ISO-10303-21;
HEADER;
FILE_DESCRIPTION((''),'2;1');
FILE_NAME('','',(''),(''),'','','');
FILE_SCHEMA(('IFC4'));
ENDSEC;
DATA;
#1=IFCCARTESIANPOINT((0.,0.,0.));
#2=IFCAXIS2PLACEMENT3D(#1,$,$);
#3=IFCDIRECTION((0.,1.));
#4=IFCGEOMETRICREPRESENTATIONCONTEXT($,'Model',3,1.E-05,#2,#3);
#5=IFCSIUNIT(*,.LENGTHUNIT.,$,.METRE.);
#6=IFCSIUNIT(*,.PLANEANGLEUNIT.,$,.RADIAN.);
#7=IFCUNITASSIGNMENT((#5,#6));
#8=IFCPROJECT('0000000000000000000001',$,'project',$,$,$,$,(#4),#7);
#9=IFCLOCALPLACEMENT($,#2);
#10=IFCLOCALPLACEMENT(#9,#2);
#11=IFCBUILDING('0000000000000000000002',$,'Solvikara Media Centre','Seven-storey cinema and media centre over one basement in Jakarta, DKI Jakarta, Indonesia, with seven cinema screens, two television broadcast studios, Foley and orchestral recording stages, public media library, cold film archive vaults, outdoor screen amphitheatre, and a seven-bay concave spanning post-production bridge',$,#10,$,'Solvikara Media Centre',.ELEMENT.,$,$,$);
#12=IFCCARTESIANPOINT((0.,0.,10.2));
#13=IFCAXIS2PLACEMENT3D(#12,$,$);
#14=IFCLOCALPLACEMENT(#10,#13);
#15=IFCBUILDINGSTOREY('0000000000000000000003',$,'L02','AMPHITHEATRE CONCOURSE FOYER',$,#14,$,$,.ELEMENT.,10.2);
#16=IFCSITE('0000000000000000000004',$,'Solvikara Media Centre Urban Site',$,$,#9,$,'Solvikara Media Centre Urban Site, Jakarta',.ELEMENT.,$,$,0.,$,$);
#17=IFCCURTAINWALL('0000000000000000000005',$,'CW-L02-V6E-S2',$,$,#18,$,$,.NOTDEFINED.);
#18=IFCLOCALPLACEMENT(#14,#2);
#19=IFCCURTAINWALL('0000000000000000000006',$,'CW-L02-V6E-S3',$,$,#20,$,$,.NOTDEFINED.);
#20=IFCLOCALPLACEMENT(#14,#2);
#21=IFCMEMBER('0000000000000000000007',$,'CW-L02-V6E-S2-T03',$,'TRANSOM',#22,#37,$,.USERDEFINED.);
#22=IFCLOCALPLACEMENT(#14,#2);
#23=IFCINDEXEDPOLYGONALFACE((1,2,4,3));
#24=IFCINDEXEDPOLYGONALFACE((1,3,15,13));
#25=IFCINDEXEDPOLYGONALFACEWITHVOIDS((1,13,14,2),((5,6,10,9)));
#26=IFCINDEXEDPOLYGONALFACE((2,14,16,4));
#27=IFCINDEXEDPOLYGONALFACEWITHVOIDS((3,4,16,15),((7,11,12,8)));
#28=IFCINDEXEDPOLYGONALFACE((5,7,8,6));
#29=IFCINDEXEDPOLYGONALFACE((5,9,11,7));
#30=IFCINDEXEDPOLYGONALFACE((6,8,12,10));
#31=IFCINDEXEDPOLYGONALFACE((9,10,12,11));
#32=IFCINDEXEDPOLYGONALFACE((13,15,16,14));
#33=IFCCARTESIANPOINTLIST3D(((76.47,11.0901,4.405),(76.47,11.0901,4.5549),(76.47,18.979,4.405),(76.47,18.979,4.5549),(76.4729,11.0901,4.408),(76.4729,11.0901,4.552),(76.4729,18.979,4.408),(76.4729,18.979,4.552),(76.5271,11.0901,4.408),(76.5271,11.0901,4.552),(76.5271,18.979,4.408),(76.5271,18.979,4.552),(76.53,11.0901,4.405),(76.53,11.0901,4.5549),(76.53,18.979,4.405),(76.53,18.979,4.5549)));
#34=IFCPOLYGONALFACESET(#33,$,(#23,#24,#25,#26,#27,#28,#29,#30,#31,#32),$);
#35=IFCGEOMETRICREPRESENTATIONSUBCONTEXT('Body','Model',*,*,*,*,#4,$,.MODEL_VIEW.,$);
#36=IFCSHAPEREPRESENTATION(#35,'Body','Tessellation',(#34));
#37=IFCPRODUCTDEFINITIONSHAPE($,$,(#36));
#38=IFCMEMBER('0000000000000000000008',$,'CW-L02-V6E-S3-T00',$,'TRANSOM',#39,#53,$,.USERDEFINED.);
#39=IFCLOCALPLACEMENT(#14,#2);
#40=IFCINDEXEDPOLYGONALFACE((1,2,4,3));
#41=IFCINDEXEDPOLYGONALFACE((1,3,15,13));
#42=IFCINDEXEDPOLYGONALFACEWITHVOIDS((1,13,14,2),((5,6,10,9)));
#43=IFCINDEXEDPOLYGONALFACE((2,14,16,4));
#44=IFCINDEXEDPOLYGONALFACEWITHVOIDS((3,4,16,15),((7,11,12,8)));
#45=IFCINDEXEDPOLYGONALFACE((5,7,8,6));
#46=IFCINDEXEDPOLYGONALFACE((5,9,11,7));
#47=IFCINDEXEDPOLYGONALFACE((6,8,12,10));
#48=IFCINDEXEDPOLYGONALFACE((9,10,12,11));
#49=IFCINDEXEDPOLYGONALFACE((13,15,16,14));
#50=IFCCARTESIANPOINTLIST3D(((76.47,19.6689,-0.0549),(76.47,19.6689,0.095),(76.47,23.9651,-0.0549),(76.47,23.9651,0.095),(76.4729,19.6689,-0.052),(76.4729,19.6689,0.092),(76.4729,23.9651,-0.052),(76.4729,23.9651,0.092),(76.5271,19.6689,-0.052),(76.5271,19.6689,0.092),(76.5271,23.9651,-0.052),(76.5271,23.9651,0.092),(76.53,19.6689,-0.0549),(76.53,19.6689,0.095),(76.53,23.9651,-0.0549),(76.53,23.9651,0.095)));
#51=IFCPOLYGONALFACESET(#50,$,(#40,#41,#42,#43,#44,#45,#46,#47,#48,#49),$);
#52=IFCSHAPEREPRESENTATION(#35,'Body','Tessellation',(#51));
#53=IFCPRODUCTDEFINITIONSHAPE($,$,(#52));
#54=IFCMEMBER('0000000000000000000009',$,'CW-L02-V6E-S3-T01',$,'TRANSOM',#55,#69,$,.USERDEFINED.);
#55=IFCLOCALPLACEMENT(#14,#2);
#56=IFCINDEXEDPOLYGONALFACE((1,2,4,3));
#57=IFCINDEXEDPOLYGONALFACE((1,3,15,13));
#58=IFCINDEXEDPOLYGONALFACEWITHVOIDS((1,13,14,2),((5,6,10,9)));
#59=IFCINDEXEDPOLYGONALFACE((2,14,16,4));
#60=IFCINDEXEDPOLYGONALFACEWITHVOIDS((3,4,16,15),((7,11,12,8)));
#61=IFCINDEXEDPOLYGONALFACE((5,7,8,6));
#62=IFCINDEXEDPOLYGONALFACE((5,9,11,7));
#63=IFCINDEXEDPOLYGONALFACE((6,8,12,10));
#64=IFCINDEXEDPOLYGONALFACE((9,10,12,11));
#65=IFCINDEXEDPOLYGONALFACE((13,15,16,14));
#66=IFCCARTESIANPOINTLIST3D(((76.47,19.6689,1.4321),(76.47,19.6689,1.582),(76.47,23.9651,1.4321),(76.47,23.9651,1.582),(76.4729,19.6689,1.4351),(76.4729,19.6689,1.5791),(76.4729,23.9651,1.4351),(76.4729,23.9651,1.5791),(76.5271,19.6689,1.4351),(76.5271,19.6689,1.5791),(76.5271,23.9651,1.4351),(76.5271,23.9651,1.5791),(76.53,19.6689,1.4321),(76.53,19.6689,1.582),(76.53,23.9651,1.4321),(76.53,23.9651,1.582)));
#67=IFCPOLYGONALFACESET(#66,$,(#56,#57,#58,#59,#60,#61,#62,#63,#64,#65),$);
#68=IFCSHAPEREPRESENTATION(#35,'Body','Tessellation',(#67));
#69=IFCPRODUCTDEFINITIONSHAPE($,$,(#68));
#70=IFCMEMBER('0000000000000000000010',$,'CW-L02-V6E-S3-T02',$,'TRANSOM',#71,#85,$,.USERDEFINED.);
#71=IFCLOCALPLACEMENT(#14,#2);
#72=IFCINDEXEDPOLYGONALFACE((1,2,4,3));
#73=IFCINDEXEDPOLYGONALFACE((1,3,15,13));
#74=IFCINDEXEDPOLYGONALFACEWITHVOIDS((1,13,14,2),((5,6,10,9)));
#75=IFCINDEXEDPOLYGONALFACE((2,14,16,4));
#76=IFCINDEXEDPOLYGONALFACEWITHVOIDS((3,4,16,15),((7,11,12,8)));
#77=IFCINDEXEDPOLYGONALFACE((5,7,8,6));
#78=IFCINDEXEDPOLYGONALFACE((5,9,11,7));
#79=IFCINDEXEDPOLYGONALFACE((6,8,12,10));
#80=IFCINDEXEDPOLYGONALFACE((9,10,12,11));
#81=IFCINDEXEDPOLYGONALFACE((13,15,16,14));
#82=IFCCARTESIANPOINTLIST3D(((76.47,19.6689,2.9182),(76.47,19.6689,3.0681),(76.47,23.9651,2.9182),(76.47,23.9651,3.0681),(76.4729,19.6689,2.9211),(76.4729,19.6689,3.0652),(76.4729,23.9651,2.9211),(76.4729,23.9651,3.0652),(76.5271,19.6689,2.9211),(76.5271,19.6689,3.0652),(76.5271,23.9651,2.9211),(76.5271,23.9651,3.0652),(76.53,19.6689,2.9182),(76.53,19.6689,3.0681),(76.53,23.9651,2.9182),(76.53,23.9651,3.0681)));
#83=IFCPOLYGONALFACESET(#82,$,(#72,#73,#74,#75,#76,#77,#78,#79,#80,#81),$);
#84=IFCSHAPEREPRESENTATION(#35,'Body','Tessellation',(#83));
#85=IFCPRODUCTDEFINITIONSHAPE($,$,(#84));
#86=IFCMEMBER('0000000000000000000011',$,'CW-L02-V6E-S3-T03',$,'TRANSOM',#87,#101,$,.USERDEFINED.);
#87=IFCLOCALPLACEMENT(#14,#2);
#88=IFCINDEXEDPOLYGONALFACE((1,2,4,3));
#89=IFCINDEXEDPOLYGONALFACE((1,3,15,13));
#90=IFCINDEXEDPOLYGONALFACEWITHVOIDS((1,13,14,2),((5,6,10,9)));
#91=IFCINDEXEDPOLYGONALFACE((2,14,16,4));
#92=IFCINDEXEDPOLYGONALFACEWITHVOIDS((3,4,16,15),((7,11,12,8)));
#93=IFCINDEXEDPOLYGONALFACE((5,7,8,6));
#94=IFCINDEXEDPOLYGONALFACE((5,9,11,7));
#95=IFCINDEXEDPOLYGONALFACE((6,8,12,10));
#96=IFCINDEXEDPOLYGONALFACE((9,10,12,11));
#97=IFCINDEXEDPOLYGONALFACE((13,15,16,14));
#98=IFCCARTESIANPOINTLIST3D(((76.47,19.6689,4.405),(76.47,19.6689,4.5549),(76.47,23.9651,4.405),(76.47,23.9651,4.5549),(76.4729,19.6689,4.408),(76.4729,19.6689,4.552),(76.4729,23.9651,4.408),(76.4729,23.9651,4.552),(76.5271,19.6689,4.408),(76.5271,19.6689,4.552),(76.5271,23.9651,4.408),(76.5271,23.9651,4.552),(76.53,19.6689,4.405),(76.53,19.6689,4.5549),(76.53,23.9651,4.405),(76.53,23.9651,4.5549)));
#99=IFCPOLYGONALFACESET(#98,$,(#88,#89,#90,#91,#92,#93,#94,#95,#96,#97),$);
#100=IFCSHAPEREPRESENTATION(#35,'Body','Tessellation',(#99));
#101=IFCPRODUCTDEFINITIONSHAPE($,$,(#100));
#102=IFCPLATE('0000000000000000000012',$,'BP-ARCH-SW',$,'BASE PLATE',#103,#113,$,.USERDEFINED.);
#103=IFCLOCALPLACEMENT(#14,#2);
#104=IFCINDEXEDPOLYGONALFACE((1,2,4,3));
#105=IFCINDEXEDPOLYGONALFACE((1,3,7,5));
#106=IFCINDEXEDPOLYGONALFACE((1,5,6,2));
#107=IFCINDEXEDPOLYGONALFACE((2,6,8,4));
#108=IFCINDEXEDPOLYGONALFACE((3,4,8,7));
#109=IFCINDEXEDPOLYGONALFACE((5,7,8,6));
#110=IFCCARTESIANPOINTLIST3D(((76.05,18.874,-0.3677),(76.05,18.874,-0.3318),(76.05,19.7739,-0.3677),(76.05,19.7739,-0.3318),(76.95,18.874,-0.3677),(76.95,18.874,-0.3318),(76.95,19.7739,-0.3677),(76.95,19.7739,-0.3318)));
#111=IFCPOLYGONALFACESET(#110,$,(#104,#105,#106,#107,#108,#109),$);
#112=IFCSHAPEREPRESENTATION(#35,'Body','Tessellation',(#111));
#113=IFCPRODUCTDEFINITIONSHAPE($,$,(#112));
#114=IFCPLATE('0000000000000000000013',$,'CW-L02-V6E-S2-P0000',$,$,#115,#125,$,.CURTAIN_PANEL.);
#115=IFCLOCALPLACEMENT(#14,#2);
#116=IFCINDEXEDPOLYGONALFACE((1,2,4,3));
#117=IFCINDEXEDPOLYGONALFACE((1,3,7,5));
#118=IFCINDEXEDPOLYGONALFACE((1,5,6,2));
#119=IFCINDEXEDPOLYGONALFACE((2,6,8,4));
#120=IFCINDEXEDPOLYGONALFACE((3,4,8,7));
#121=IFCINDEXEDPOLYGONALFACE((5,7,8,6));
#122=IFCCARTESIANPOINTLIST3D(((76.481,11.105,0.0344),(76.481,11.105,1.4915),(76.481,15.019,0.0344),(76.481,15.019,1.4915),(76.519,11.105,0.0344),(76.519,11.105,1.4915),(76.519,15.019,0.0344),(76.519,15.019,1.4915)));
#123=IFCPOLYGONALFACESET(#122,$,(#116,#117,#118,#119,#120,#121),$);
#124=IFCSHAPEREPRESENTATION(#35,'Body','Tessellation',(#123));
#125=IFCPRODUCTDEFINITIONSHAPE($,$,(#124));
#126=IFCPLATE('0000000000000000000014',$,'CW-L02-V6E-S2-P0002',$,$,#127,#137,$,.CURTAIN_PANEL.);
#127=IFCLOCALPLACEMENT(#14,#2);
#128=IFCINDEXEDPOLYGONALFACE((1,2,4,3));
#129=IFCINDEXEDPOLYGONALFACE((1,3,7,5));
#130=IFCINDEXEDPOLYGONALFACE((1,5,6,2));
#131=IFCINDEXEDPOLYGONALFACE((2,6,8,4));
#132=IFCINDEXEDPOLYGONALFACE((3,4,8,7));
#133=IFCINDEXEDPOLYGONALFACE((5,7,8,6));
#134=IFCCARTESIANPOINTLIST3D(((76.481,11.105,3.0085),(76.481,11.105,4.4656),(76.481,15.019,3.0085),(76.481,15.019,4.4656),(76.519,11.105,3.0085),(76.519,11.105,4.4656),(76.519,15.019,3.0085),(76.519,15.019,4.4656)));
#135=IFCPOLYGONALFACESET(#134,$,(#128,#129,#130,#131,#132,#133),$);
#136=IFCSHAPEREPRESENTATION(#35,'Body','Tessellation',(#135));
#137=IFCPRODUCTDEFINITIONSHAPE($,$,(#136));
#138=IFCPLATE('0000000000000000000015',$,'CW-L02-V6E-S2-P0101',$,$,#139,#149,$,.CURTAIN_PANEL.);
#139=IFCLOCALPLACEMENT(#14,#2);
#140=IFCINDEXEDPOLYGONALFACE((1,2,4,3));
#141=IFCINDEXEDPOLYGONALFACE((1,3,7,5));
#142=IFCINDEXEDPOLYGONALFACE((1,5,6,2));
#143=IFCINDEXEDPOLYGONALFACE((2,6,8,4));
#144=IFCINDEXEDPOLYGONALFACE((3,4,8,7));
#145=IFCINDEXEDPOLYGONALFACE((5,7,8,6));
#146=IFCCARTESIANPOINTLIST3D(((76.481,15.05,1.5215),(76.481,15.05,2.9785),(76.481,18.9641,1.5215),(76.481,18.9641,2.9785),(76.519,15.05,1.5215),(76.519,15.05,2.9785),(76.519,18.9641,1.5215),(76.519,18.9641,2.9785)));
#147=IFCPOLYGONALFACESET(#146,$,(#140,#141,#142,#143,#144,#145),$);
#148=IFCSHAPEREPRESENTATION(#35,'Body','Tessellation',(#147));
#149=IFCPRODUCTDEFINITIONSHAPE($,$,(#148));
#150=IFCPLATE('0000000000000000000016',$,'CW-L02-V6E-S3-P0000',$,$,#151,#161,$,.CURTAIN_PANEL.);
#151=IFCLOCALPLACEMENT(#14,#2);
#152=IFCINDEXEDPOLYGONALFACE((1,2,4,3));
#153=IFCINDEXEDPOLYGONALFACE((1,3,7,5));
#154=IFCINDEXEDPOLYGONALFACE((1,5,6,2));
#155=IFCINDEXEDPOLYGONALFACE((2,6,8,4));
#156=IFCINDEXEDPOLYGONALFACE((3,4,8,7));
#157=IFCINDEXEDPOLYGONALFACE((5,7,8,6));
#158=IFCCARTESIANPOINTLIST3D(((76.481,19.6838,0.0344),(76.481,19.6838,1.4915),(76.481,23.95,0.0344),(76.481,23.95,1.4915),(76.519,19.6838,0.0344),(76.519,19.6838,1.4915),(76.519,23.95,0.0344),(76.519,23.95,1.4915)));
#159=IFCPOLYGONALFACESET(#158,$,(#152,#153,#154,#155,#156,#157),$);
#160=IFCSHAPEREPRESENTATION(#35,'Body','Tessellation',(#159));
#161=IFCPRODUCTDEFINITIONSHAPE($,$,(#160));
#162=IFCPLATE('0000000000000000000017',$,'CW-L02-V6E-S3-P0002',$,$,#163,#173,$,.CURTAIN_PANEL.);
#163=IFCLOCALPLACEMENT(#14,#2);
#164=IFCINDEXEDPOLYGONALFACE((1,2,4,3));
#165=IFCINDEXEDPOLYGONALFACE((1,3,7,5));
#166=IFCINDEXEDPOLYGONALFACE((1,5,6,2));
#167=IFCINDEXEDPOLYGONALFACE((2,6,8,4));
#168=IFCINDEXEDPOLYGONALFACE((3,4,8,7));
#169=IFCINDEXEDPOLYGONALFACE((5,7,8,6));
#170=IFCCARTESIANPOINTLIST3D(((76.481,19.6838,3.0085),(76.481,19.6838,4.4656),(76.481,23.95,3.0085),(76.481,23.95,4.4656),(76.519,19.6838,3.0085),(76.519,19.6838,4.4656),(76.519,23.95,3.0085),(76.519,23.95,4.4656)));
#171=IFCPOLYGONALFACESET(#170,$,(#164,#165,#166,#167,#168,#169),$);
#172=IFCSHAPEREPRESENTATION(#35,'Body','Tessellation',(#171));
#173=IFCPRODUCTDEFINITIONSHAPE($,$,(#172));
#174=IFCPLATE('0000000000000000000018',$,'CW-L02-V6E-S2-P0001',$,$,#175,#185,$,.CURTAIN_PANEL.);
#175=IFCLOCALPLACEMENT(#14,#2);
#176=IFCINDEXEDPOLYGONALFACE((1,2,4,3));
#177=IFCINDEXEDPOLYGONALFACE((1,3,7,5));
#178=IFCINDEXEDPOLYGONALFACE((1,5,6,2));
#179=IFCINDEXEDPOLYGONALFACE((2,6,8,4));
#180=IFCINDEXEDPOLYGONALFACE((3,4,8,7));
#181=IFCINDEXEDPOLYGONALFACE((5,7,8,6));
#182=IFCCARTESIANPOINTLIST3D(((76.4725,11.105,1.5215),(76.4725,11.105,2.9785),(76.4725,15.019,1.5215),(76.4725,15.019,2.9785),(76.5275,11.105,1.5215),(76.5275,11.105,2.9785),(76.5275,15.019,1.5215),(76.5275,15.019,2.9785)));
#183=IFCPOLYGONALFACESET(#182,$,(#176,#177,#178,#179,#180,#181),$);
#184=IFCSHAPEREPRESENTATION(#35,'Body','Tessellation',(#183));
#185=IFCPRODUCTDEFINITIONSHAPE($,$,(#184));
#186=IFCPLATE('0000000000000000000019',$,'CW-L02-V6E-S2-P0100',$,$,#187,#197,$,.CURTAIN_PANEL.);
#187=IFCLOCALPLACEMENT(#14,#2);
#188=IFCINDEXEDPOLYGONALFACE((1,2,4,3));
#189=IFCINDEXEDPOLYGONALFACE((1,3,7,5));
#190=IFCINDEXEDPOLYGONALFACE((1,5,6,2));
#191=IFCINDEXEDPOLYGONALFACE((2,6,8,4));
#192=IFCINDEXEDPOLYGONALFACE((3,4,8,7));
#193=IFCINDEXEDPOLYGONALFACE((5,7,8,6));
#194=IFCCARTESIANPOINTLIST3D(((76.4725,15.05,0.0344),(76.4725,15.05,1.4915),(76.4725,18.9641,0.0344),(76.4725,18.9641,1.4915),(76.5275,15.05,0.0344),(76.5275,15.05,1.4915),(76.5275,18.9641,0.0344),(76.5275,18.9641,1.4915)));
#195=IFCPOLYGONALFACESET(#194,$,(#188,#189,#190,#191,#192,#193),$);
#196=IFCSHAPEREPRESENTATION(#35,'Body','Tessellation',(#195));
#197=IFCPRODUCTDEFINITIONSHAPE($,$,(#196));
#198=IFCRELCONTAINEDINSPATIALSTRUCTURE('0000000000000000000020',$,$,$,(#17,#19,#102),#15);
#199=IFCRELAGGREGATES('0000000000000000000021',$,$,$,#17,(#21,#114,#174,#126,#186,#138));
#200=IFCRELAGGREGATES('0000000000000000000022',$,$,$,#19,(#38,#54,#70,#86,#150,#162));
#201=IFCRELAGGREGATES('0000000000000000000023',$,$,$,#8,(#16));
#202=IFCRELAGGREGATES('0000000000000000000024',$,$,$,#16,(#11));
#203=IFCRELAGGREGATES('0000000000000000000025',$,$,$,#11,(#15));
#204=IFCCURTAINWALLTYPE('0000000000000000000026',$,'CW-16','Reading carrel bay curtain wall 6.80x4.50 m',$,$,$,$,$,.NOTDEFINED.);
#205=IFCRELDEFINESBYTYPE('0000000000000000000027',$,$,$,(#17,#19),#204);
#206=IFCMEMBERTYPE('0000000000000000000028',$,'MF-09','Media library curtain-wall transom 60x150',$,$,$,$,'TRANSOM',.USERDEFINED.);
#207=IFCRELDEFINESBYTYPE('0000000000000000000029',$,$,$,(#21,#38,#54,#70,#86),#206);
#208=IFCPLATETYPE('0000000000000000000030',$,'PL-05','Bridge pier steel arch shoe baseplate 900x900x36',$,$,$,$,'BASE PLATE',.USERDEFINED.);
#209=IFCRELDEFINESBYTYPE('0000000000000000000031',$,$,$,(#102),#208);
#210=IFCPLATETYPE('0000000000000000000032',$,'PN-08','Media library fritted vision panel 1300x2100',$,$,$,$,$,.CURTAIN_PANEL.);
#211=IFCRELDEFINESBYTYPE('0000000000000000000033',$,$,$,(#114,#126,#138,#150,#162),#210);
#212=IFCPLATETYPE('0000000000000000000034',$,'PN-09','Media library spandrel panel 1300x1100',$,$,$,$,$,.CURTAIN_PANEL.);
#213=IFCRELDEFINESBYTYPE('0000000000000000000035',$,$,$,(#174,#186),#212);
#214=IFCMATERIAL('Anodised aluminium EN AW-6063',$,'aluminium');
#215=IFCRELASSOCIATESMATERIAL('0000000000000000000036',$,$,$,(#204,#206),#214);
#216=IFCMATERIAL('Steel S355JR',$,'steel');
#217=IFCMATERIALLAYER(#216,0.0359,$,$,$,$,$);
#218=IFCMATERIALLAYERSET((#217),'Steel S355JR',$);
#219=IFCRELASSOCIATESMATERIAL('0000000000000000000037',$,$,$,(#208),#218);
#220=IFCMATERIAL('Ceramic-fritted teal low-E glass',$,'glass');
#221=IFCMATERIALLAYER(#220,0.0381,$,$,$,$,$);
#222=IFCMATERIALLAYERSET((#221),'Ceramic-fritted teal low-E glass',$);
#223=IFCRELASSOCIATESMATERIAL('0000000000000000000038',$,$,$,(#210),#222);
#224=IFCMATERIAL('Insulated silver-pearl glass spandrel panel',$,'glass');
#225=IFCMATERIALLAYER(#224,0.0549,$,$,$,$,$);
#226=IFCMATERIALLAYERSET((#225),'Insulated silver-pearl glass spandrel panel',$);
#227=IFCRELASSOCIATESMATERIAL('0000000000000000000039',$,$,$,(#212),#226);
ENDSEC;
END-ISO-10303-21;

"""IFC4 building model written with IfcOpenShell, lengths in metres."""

from ifc_helpers import new_model, si_unit, direction, frame, origin, origin_2d, place, context, subcontext, project, spatial, rectangle, hollow_rectangle, extrude, material, layer, layer_set, material_profile, profile_set, type_object, element, aggregate, save


model = new_model("IFC4")

# Units and contexts
model_context = context("Model", 3, precision=1e-05, world=origin(), true_north=direction((0.0, 1.0)))
body_context = subcontext(model_context, "Body", "Model", "MODEL_VIEW")
ifc_project = project(units=[si_unit("LENGTHUNIT", "METRE"), si_unit("PLANEANGLEUNIT", "RADIAN")], contexts=[model_context])

# Site, building, storey
site_placement = place(None, origin())
site = spatial("IfcSite", under=ifc_project, at=site_placement, Name="Solvikara Media Centre Urban Site", LongName="Solvikara Media Centre Urban Site, Jakarta", CompositionType="ELEMENT", RefElevation=0.0)
building_placement = place(site_placement, origin())
building = spatial("IfcBuilding", under=site, at=building_placement, Name="Solvikara Media Centre", Description="Seven-storey cinema and media centre over one basement in Jakarta, DKI Jakarta, Indonesia, with seven cinema screens, two television broadcast studios, Foley and orchestral recording stages, public media library, cold film archive vaults, outdoor screen amphitheatre, and a seven-bay concave spanning post-production bridge", LongName="Solvikara Media Centre", CompositionType="ELEMENT")
storey_placement = place(building_placement, frame((0.0, 0.0, 10.2)))
storey = spatial("IfcBuildingStorey", under=building, at=storey_placement, Name="L02", Description="AMPHITHEATRE CONCOURSE FOYER", CompositionType="ELEMENT", Elevation=10.2)

# Shared definitions
ifc_material_1 = material(Name="Steel S355JR", Category="steel")

# Curtain walls
ifc_material_2 = material(Name="Anodised aluminium EN AW-6063", Category="aluminium")
curtain_wall_type = type_object("IfcCurtainWallType", Name="CW-16", Description="Reading carrel bay curtain wall 6.80x4.50 m", PredefinedType="NOTDEFINED", material=ifc_material_2)
curtain_wall_1_placement = place(storey_placement, origin())
curtain_wall_1 = element("IfcCurtainWall", 1, at=curtain_wall_1_placement, inside=storey, type_object=curtain_wall_type, Name="CW-L02-V6E-S2", PredefinedType="NOTDEFINED")
curtain_wall_2_placement = place(storey_placement, origin())
curtain_wall_2 = element("IfcCurtainWall", 2, at=curtain_wall_2_placement, inside=storey, type_object=curtain_wall_type, Name="CW-L02-V6E-S3", PredefinedType="NOTDEFINED")

# Members
ifc_material_profile_1 = material_profile(ifc_material_2, hollow_rectangle(XDim=0.0601, YDim=0.1499, WallThickness=0.0029, at=origin_2d()), Name="ALU-T 60x150x3")
ifc_profile_set_1 = profile_set([ifc_material_profile_1], Name="Anodised aluminium EN AW-6063")
member_type_1 = type_object("IfcMemberType", Name="MF-09", Description="Media library curtain-wall transom 60x150", ElementType="TRANSOM", PredefinedType="USERDEFINED", material=ifc_profile_set_1)
member_1_placement = place(storey_placement, frame((76.5, 11.0901, 4.48), z_axis=(0.0, 1.0, 0.0), x_axis=(-1.0, 0.0, 0.0)))
member_1 = element("IfcMember", 3, at=member_1_placement, type_object=member_type_1, Name="CW-L02-V6E-S2-T03", ObjectType="TRANSOM", PredefinedType="USERDEFINED", context=body_context, shape_type="SweptSolid", body=[
    extrude(hollow_rectangle(XDim=0.0601, YDim=0.1499, WallThickness=0.0029, at=origin_2d()), origin(), (0.0, 0.0, 1.0), 7.8889),
])
member_2_placement = place(storey_placement, frame((76.5, 19.6689, 0.02), z_axis=(0.0, 1.0, 0.0), x_axis=(-1.0, 0.0, 0.0)))
member_2 = element("IfcMember", 4, at=member_2_placement, type_object=member_type_1, Name="CW-L02-V6E-S3-T00", ObjectType="TRANSOM", PredefinedType="USERDEFINED", context=body_context, shape_type="SweptSolid", body=[
    extrude(hollow_rectangle(XDim=0.0601, YDim=0.1499, WallThickness=0.0029, at=origin_2d()), origin(), (0.0, 0.0, 1.0), 4.2961),
])
member_3_placement = place(storey_placement, frame((76.5, 19.6689, 1.5071), z_axis=(0.0, 1.0, 0.0), x_axis=(-1.0, 0.0, 0.0)))
member_3 = element("IfcMember", 5, at=member_3_placement, type_object=member_type_1, Name="CW-L02-V6E-S3-T01", ObjectType="TRANSOM", PredefinedType="USERDEFINED", context=body_context, shape_type="SweptSolid", body=[
    extrude(hollow_rectangle(XDim=0.0601, YDim=0.1499, WallThickness=0.0029, at=origin_2d()), origin(), (0.0, 0.0, 1.0), 4.2961),
])
member_4_placement = place(storey_placement, frame((76.5, 19.6689, 2.9932), z_axis=(0.0, 1.0, 0.0), x_axis=(-1.0, 0.0, 0.0)))
member_4 = element("IfcMember", 6, at=member_4_placement, type_object=member_type_1, Name="CW-L02-V6E-S3-T02", ObjectType="TRANSOM", PredefinedType="USERDEFINED", context=body_context, shape_type="SweptSolid", body=[
    extrude(hollow_rectangle(XDim=0.0601, YDim=0.1499, WallThickness=0.0029, at=origin_2d()), origin(), (0.0, 0.0, 1.0), 4.2961),
])
member_5_placement = place(storey_placement, frame((76.5, 19.6689, 4.48), z_axis=(0.0, 1.0, 0.0), x_axis=(-1.0, 0.0, 0.0)))
member_5 = element("IfcMember", 7, at=member_5_placement, type_object=member_type_1, Name="CW-L02-V6E-S3-T03", ObjectType="TRANSOM", PredefinedType="USERDEFINED", context=body_context, shape_type="SweptSolid", body=[
    extrude(hollow_rectangle(XDim=0.0601, YDim=0.1499, WallThickness=0.0029, at=origin_2d()), origin(), (0.0, 0.0, 1.0), 4.2961),
])

# Plates
ifc_layer_1 = layer(ifc_material_1, 0.0359)
ifc_layer_set_1 = layer_set([ifc_layer_1], Name="Steel S355JR")
plate_type_1 = type_object("IfcPlateType", Name="PL-05", Description="Bridge pier steel arch shoe baseplate 900x900x36", ElementType="BASE PLATE", PredefinedType="USERDEFINED", material=ifc_layer_set_1)
plate_1_placement = place(storey_placement, frame((76.5, 19.324, -0.3677), z_axis=(0.0, 0.0, 1.0), x_axis=(1.0, 0.0, 0.0)))
element("IfcPlate", 8, at=plate_1_placement, inside=storey, type_object=plate_type_1, Name="BP-ARCH-SW", ObjectType="BASE PLATE", PredefinedType="USERDEFINED", context=body_context, shape_type="SweptSolid", body=[
    extrude(rectangle(XDim=0.8999, YDim=0.8999, at=origin_2d()), origin(), (0.0, 0.0, 1.0), 0.0359),
])
ifc_material_3 = material(Name="Ceramic-fritted teal low-E glass", Category="glass")
ifc_layer_2 = layer(ifc_material_3, 0.0381)
ifc_layer_set_2 = layer_set([ifc_layer_2], Name="Ceramic-fritted teal low-E glass")
plate_type_2 = type_object("IfcPlateType", Name="PN-08", Description="Media library fritted vision panel 1300x2100", PredefinedType="CURTAIN_PANEL", material=ifc_layer_set_2)
plate_2_placement = place(storey_placement, frame((76.5, 13.062, 0.0344), z_axis=(0.0, 0.0, 1.0), x_axis=(0.0, 1.0, 0.0)))
plate_2 = element("IfcPlate", 9, at=plate_2_placement, type_object=plate_type_2, Name="CW-L02-V6E-S2-P0000", PredefinedType="CURTAIN_PANEL", context=body_context, shape_type="SweptSolid", body=[
    extrude(rectangle(XDim=3.9141, YDim=0.0381, at=origin_2d()), origin(), (0.0, 0.0, 1.0), 1.457),
])
plate_3_placement = place(storey_placement, frame((76.5, 13.062, 3.0085), z_axis=(0.0, 0.0, 1.0), x_axis=(0.0, 1.0, 0.0)))
plate_3 = element("IfcPlate", 10, at=plate_3_placement, type_object=plate_type_2, Name="CW-L02-V6E-S2-P0002", PredefinedType="CURTAIN_PANEL", context=body_context, shape_type="SweptSolid", body=[
    extrude(rectangle(XDim=3.9141, YDim=0.0381, at=origin_2d()), origin(), (0.0, 0.0, 1.0), 1.457),
])
plate_4_placement = place(storey_placement, frame((76.5, 17.0071, 1.5215), z_axis=(0.0, 0.0, 1.0), x_axis=(0.0, 1.0, 0.0)))
plate_4 = element("IfcPlate", 11, at=plate_4_placement, type_object=plate_type_2, Name="CW-L02-V6E-S2-P0101", PredefinedType="CURTAIN_PANEL", context=body_context, shape_type="SweptSolid", body=[
    extrude(rectangle(XDim=3.9141, YDim=0.0381, at=origin_2d()), origin(), (0.0, 0.0, 1.0), 1.457),
])
plate_5_placement = place(storey_placement, frame((76.5, 21.8169, 0.0344), z_axis=(0.0, 0.0, 1.0), x_axis=(0.0, 1.0, 0.0)))
plate_5 = element("IfcPlate", 12, at=plate_5_placement, type_object=plate_type_2, Name="CW-L02-V6E-S3-P0000", PredefinedType="CURTAIN_PANEL", context=body_context, shape_type="SweptSolid", body=[
    extrude(rectangle(XDim=4.2661, YDim=0.0381, at=origin_2d()), origin(), (0.0, 0.0, 1.0), 1.457),
])
plate_6_placement = place(storey_placement, frame((76.5, 21.8169, 3.0085), z_axis=(0.0, 0.0, 1.0), x_axis=(0.0, 1.0, 0.0)))
plate_6 = element("IfcPlate", 13, at=plate_6_placement, type_object=plate_type_2, Name="CW-L02-V6E-S3-P0002", PredefinedType="CURTAIN_PANEL", context=body_context, shape_type="SweptSolid", body=[
    extrude(rectangle(XDim=4.2661, YDim=0.0381, at=origin_2d()), origin(), (0.0, 0.0, 1.0), 1.457),
])
ifc_material_4 = material(Name="Insulated silver-pearl glass spandrel panel", Category="glass")
ifc_layer_3 = layer(ifc_material_4, 0.0549)
ifc_layer_set_3 = layer_set([ifc_layer_3], Name="Insulated silver-pearl glass spandrel panel")
plate_type_3 = type_object("IfcPlateType", Name="PN-09", Description="Media library spandrel panel 1300x1100", PredefinedType="CURTAIN_PANEL", material=ifc_layer_set_3)
plate_7_placement = place(storey_placement, frame((76.5, 13.062, 1.5215), z_axis=(0.0, 0.0, 1.0), x_axis=(0.0, 1.0, 0.0)))
plate_7 = element("IfcPlate", 14, at=plate_7_placement, type_object=plate_type_3, Name="CW-L02-V6E-S2-P0001", PredefinedType="CURTAIN_PANEL", context=body_context, shape_type="SweptSolid", body=[
    extrude(rectangle(XDim=3.9141, YDim=0.0549, at=origin_2d()), origin(), (0.0, 0.0, 1.0), 1.457),
])
plate_8_placement = place(storey_placement, frame((76.5, 17.0071, 0.0344), z_axis=(0.0, 0.0, 1.0), x_axis=(0.0, 1.0, 0.0)))
plate_8 = element("IfcPlate", 15, at=plate_8_placement, type_object=plate_type_3, Name="CW-L02-V6E-S2-P0100", PredefinedType="CURTAIN_PANEL", context=body_context, shape_type="SweptSolid", body=[
    extrude(rectangle(XDim=3.9141, YDim=0.0549, at=origin_2d()), origin(), (0.0, 0.0, 1.0), 1.457),
])
aggregate(curtain_wall_1, [member_1, plate_2, plate_7, plate_3, plate_8, plate_4])
aggregate(curtain_wall_2, [member_2, member_3, member_4, member_5, plate_5, plate_6])

save(model, "model.ifc")
